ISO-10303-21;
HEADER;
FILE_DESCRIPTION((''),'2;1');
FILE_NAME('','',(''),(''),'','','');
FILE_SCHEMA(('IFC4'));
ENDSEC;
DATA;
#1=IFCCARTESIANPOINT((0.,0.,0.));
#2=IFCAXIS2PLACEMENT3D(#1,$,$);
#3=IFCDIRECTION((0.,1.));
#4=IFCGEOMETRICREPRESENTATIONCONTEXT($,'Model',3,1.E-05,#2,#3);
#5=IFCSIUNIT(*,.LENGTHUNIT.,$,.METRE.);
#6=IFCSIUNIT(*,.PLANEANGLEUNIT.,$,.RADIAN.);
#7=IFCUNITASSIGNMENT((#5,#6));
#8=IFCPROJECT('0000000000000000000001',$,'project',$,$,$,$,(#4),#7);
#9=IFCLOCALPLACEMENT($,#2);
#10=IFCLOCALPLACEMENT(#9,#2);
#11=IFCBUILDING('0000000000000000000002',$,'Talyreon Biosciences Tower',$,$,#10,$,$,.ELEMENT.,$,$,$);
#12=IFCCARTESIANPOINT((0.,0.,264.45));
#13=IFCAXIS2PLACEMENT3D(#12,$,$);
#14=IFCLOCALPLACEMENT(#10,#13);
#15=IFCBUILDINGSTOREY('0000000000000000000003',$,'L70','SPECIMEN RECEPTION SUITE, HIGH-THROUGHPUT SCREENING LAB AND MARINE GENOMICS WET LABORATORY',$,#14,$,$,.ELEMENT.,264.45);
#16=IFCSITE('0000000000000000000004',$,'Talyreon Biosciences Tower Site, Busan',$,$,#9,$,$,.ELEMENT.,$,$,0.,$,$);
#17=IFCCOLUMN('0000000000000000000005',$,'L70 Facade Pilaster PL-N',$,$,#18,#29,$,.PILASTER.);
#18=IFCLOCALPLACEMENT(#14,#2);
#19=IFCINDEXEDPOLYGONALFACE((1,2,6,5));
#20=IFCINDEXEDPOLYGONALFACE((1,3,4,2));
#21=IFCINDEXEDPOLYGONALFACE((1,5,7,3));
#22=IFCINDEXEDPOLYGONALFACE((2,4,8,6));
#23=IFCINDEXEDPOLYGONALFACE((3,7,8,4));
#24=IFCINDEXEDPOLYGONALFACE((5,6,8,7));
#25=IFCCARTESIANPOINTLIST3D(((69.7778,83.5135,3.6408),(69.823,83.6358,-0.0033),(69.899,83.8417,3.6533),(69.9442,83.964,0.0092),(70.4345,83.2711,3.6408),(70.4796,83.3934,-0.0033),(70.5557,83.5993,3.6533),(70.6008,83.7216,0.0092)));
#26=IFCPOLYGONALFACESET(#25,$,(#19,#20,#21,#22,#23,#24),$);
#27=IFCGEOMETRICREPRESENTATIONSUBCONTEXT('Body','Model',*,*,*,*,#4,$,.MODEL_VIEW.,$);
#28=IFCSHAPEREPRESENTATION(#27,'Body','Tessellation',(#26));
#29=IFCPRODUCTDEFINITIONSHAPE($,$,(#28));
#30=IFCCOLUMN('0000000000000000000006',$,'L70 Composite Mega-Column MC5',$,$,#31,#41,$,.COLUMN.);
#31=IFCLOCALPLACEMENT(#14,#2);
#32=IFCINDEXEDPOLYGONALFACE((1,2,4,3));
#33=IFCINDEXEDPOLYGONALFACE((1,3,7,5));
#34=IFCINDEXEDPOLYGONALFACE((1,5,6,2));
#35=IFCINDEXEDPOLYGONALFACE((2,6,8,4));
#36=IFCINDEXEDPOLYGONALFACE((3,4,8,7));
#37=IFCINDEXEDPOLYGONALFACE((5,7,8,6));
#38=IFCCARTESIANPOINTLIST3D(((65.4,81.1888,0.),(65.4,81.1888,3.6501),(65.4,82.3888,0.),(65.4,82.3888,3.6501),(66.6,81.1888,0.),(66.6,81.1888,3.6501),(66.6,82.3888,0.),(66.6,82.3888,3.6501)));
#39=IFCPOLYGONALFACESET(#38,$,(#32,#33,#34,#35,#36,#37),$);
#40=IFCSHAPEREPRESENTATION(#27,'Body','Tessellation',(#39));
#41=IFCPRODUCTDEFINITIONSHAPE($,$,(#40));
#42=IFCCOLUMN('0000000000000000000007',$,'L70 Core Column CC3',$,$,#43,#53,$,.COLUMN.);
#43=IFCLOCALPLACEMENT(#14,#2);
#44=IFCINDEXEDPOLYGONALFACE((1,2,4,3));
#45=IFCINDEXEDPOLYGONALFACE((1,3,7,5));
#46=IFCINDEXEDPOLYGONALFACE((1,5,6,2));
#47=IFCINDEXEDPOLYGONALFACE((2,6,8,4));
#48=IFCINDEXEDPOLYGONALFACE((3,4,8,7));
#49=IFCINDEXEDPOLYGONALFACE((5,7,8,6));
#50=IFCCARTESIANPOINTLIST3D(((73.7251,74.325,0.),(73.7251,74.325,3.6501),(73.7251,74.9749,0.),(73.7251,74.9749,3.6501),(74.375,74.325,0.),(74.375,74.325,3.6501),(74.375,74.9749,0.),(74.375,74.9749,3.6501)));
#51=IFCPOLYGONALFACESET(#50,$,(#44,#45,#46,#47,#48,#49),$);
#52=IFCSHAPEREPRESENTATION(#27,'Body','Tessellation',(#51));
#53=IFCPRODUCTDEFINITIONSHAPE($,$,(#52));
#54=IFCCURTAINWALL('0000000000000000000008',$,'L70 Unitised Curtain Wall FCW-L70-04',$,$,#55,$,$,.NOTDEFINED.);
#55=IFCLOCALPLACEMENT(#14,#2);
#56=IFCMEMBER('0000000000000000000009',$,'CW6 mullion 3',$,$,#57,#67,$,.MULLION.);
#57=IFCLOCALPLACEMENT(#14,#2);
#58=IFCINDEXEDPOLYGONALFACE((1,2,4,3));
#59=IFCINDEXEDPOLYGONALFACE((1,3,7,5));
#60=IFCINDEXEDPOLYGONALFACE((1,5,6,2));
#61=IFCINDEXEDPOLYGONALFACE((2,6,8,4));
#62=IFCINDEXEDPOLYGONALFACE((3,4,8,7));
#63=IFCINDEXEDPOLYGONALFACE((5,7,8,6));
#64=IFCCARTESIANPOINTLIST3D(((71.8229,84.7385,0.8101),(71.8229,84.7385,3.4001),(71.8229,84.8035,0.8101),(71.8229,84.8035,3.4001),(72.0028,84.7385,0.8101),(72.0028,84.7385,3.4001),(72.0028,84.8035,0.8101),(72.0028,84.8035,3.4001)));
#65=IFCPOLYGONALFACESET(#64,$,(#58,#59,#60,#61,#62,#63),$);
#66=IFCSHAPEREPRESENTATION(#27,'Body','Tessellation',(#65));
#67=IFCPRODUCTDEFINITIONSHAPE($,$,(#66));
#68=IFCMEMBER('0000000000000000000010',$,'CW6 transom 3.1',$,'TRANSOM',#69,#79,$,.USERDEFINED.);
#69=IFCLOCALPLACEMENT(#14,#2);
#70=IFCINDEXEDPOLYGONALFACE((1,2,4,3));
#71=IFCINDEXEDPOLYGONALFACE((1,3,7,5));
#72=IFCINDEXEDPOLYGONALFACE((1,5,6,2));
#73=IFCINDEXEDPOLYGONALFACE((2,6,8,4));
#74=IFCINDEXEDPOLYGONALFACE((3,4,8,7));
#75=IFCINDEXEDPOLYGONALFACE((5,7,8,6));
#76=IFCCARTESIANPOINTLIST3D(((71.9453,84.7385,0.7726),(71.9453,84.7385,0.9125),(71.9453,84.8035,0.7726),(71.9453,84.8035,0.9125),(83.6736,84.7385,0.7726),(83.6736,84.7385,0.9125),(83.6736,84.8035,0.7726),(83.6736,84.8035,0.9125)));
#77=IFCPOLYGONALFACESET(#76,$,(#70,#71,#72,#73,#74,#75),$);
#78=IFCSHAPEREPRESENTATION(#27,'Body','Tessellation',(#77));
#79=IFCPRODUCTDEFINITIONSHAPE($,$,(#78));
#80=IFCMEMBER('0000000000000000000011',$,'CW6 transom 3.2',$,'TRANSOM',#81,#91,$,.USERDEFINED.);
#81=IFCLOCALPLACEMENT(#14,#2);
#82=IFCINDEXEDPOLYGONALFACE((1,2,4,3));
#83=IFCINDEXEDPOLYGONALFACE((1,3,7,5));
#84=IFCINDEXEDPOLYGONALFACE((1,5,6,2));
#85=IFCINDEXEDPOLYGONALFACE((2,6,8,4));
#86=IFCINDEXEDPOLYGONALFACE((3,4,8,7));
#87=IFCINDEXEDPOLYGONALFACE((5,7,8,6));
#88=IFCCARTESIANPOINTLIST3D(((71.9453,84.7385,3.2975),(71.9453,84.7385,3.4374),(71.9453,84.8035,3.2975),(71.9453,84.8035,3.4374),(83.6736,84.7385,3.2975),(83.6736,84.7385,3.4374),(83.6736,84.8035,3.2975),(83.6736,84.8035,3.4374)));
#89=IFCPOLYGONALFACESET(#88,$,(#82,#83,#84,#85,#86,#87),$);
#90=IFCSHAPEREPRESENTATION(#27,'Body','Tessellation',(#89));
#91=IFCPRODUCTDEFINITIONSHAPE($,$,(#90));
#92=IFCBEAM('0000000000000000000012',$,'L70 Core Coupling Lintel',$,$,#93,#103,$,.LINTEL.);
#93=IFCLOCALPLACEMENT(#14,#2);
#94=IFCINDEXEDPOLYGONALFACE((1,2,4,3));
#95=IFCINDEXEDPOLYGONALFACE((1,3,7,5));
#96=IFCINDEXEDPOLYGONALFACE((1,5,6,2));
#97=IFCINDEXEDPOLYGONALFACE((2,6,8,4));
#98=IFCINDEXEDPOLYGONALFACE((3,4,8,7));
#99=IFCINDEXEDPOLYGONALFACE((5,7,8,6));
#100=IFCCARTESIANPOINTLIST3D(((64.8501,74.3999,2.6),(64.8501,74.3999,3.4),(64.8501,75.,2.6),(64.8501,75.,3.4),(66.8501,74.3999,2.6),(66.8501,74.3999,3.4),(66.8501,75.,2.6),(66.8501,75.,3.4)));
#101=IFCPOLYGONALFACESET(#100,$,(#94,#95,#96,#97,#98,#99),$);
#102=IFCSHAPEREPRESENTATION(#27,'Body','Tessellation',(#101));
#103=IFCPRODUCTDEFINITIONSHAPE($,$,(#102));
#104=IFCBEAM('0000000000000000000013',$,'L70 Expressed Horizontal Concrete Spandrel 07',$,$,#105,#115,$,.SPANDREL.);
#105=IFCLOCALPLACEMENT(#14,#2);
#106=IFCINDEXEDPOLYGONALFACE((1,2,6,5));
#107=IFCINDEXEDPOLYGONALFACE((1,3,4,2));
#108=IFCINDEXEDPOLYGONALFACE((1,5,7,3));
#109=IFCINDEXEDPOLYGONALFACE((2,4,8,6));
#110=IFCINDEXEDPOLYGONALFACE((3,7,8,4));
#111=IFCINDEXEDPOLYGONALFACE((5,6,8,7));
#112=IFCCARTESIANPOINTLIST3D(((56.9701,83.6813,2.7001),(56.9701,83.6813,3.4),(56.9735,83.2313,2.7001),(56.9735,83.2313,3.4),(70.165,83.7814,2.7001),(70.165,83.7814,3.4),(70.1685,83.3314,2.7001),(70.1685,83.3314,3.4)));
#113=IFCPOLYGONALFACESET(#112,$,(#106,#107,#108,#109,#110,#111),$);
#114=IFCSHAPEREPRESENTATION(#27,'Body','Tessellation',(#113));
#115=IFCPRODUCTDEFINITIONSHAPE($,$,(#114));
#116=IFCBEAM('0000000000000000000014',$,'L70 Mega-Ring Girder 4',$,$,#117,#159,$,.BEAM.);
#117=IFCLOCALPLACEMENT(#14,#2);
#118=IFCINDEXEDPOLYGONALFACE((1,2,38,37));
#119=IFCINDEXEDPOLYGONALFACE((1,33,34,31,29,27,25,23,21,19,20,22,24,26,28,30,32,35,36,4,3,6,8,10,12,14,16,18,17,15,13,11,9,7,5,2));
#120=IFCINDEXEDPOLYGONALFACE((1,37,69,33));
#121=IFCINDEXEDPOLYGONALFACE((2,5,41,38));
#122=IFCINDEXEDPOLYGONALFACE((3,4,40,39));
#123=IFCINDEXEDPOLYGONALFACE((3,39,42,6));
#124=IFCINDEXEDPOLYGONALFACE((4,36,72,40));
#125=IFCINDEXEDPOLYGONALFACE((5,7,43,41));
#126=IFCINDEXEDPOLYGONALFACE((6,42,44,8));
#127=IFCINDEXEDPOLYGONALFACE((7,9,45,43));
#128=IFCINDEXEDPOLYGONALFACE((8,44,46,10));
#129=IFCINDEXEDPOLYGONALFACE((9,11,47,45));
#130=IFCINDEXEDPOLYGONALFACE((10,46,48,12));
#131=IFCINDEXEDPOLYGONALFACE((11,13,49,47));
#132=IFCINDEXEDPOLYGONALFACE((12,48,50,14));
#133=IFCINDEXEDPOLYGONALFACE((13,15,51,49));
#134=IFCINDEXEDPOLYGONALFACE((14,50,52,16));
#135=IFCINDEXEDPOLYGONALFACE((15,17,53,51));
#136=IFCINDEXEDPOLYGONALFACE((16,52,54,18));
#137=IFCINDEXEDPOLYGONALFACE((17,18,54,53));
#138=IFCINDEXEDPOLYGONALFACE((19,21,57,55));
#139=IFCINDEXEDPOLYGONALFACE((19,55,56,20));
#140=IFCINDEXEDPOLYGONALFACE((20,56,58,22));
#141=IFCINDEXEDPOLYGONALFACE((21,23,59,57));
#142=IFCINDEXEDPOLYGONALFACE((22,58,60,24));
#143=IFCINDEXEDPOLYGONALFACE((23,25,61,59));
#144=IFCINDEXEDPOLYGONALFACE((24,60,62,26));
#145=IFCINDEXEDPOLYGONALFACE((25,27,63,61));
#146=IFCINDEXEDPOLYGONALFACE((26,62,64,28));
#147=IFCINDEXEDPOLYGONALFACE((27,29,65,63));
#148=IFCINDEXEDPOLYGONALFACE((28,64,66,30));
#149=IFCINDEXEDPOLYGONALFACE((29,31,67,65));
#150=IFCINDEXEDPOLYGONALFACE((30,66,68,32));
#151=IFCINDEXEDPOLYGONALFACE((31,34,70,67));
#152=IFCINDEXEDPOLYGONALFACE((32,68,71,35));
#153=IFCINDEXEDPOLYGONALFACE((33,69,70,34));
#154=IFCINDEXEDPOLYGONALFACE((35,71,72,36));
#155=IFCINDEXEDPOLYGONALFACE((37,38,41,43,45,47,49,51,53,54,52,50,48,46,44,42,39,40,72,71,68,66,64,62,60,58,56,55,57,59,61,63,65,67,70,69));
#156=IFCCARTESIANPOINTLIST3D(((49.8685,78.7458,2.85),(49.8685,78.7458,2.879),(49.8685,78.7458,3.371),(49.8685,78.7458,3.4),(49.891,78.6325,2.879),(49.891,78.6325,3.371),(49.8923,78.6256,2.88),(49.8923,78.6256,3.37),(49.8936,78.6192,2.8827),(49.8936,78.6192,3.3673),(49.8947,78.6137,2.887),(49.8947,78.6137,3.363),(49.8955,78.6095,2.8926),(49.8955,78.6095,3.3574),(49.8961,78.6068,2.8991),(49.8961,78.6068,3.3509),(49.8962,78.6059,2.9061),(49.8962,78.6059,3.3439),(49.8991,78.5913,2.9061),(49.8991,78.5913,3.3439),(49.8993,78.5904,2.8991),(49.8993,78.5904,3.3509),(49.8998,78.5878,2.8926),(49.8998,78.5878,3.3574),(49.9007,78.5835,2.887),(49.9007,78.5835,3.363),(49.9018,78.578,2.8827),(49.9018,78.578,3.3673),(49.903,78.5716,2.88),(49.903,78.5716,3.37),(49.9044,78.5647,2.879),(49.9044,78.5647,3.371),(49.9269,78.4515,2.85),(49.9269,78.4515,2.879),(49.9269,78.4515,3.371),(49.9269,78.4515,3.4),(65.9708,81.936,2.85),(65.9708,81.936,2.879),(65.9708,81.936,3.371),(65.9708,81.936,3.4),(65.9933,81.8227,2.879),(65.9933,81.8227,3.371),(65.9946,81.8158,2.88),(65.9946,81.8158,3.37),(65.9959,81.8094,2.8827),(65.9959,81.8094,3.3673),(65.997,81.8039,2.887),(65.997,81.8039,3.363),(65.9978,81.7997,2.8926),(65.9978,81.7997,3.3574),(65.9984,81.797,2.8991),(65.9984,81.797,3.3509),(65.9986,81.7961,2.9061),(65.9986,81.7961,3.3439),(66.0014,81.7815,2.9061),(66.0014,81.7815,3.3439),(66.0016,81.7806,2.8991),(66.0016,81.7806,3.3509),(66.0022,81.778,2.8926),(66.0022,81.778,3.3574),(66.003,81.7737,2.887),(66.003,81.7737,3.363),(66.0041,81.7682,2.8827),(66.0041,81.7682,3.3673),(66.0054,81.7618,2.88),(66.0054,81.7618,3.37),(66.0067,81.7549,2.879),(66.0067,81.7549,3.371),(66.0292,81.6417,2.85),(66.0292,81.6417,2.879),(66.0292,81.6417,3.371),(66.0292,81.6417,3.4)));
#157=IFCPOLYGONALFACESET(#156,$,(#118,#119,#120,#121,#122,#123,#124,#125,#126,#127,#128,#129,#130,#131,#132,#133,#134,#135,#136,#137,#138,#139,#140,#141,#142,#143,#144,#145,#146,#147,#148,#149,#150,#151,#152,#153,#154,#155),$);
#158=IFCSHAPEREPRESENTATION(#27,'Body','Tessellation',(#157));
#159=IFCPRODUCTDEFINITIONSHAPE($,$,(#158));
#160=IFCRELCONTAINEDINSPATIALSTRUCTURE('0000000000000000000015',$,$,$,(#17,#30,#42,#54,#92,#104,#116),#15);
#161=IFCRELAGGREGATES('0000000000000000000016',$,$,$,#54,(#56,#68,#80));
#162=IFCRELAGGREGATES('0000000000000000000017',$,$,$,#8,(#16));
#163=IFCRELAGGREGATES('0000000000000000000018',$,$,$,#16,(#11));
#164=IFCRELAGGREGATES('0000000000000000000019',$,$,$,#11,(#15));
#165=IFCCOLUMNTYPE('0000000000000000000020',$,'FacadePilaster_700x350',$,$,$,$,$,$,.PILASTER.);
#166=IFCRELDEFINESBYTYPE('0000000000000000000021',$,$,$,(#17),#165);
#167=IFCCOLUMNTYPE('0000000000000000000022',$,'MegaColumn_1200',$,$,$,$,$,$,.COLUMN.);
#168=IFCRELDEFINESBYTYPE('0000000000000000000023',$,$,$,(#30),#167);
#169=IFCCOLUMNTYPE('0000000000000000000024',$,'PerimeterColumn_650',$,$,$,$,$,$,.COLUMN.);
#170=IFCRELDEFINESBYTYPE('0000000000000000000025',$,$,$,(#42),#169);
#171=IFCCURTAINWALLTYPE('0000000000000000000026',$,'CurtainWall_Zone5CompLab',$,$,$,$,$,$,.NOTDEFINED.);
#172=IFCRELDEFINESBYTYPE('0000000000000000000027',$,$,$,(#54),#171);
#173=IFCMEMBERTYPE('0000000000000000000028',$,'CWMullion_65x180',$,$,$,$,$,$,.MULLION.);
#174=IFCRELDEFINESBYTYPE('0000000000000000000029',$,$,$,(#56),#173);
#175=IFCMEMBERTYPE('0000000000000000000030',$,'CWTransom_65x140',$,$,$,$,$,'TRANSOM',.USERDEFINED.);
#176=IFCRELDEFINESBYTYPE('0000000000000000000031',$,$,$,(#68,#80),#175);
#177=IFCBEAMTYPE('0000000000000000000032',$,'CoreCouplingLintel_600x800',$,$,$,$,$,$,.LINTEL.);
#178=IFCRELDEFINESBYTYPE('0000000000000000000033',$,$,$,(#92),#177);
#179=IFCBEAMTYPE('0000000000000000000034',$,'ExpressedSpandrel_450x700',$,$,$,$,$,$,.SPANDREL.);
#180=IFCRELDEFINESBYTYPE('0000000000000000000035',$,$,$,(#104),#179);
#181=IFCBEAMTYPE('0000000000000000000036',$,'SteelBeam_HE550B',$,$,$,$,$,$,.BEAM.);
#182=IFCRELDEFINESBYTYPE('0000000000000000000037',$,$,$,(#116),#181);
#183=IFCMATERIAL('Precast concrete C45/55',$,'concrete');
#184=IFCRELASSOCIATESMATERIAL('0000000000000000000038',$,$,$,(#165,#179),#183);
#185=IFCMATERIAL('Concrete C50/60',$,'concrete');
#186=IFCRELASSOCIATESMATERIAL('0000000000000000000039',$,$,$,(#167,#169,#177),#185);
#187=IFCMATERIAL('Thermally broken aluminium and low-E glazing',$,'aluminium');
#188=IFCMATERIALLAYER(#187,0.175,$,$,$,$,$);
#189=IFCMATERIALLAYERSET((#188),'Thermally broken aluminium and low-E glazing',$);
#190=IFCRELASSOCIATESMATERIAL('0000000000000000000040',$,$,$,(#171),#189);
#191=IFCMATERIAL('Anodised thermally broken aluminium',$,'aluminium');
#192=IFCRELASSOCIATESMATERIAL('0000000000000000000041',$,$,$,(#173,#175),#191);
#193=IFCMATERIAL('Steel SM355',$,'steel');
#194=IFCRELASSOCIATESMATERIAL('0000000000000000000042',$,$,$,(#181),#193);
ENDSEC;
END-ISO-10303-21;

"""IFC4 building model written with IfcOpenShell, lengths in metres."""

from ifc_helpers import new_model, si_unit, direction, frame, origin, origin_2d, place, context, subcontext, project, spatial, rectangle, i_section, extrude, material, layer, layer_set, material_profile, profile_set, type_object, element, aggregate, save


model = new_model("IFC4")

# Units and contexts
model_context = context("Model", 3, precision=1e-05, world=origin(), true_north=direction((0.0, 1.0)))
body_context = subcontext(model_context, "Body", "Model", "MODEL_VIEW")
ifc_project = project(units=[si_unit("LENGTHUNIT", "METRE"), si_unit("PLANEANGLEUNIT", "RADIAN")], contexts=[model_context])

# Site, building, storey
site_placement = place(None, origin())
site = spatial("IfcSite", under=ifc_project, at=site_placement, Name="Talyreon Biosciences Tower Site, Busan", CompositionType="ELEMENT", RefElevation=0.0)
building_placement = place(site_placement, origin())
building = spatial("IfcBuilding", under=site, at=building_placement, Name="Talyreon Biosciences Tower", CompositionType="ELEMENT")
storey_placement = place(building_placement, frame((0.0, 0.0, 264.45)))
storey = spatial("IfcBuildingStorey", under=building, at=storey_placement, Name="L70", Description="SPECIMEN RECEPTION SUITE, HIGH-THROUGHPUT SCREENING LAB AND MARINE GENOMICS WET LABORATORY", CompositionType="ELEMENT", Elevation=264.45)

# Columns
ifc_material_1 = material(Name="Precast concrete C45/55", Category="concrete")
ifc_material_profile_1 = material_profile(ifc_material_1, rectangle(XDim=0.7, YDim=0.3501, at=origin_2d()), Name="RC 700x350")
ifc_profile_set_1 = profile_set([ifc_material_profile_1], Name="Precast concrete C45/55")
column_type_1 = type_object("IfcColumnType", Name="FacadePilaster_700x350", PredefinedType="PILASTER", material=ifc_profile_set_1)
column_1_placement = place(storey_placement, frame((70.2119, 83.6787, 0.0029), z_axis=(-0.012387, -0.033544, 0.99936), x_axis=(-0.938087, 0.346399, 0.0)))
element("IfcColumn", 1, at=column_1_placement, inside=storey, type_object=column_type_1, Name="L70 Facade Pilaster PL-N", PredefinedType="PILASTER", context=body_context, shape_type="SweptSolid", body=[
    extrude(rectangle(XDim=0.7, YDim=0.3501, at=origin_2d()), origin(), (0.0, 0.0, 1.0), 3.6465),
])
ifc_material_2 = material(Name="Concrete C50/60", Category="concrete")
ifc_material_profile_2 = material_profile(ifc_material_2, rectangle(XDim=1.2, YDim=1.2, at=origin_2d()), Name="RC 1200x1200")
ifc_profile_set_2 = profile_set([ifc_material_profile_2], Name="Concrete C50/60")
column_type_2 = type_object("IfcColumnType", Name="MegaColumn_1200", PredefinedType="COLUMN", material=ifc_profile_set_2)
column_2_placement = place(storey_placement, frame((66.0, 81.7888, 0.0), z_axis=(0.0, 0.0, 1.0), x_axis=(1.0, 0.0, 0.0)))
element("IfcColumn", 2, at=column_2_placement, inside=storey, type_object=column_type_2, Name="L70 Composite Mega-Column MC5", PredefinedType="COLUMN", context=body_context, shape_type="SweptSolid", body=[
    extrude(rectangle(XDim=1.2, YDim=1.2, at=origin_2d()), origin(), (0.0, 0.0, 1.0), 3.6501),
])
ifc_material_profile_3 = material_profile(ifc_material_2, rectangle(XDim=0.6499, YDim=0.6499, at=origin_2d()), Name="RC 650x650")
ifc_profile_set_3 = profile_set([ifc_material_profile_3], Name="Concrete C50/60")
column_type_3 = type_object("IfcColumnType", Name="PerimeterColumn_650", PredefinedType="COLUMN", material=ifc_profile_set_3)
column_3_placement = place(storey_placement, frame((74.05, 74.6499, 0.0), z_axis=(0.0, 0.0, 1.0), x_axis=(1.0, 0.0, 0.0)))
element("IfcColumn", 3, at=column_3_placement, inside=storey, type_object=column_type_3, Name="L70 Core Column CC3", PredefinedType="COLUMN", context=body_context, shape_type="SweptSolid", body=[
    extrude(rectangle(XDim=0.6499, YDim=0.6499, at=origin_2d()), origin(), (0.0, 0.0, 1.0), 3.6501),
])

# Curtain wall, members
ifc_material_3 = material(Name="Thermally broken aluminium and low-E glazing", Category="aluminium")
ifc_layer_1 = layer(ifc_material_3, 0.175)
ifc_layer_set_1 = layer_set([ifc_layer_1], Name="Thermally broken aluminium and low-E glazing")
curtain_wall_type = type_object("IfcCurtainWallType", Name="CurtainWall_Zone5CompLab", PredefinedType="NOTDEFINED", material=ifc_layer_set_1)
curtain_wall_placement = place(storey_placement, origin())
curtain_wall = element("IfcCurtainWall", 4, at=curtain_wall_placement, inside=storey, type_object=curtain_wall_type, Name="L70 Unitised Curtain Wall FCW-L70-04", PredefinedType="NOTDEFINED")
ifc_material_4 = material(Name="Anodised thermally broken aluminium", Category="aluminium")
ifc_material_profile_4 = material_profile(ifc_material_4, rectangle(XDim=0.0649, YDim=0.1799, at=origin_2d()), Name="ALUM MULLION 65x180")
ifc_profile_set_4 = profile_set([ifc_material_profile_4], Name="Anodised thermally broken aluminium")
member_type_1 = type_object("IfcMemberType", Name="CWMullion_65x180", PredefinedType="MULLION", material=ifc_profile_set_4)
member_1_placement = place(storey_placement, frame((71.9128, 84.771, 0.8101), z_axis=(0.0, 0.0, 1.0), x_axis=(0.0, 1.0, 0.0)))
member_1 = element("IfcMember", 5, at=member_1_placement, type_object=member_type_1, Name="CW6 mullion 3", PredefinedType="MULLION", context=body_context, shape_type="SweptSolid", body=[
    extrude(rectangle(XDim=0.0649, YDim=0.1799, at=origin_2d()), origin(), (0.0, 0.0, 1.0), 2.5901),
])
ifc_material_profile_5 = material_profile(ifc_material_4, rectangle(XDim=0.0649, YDim=0.1399, at=origin_2d()), Name="ALUM TRANSOM 65x140")
ifc_profile_set_5 = profile_set([ifc_material_profile_5], Name="Anodised thermally broken aluminium")
member_type_2 = type_object("IfcMemberType", Name="CWTransom_65x140", ElementType="TRANSOM", PredefinedType="USERDEFINED", material=ifc_profile_set_5)
member_2_placement = place(storey_placement, frame((71.9453, 84.771, 0.8425), z_axis=(1.0, 0.0, 0.0), x_axis=(0.0, 1.0, 0.0)))
member_2 = element("IfcMember", 6, at=member_2_placement, type_object=member_type_2, Name="CW6 transom 3.1", ObjectType="TRANSOM", PredefinedType="USERDEFINED", context=body_context, shape_type="SweptSolid", body=[
    extrude(rectangle(XDim=0.0649, YDim=0.1399, at=origin_2d()), origin(), (0.0, 0.0, 1.0), 11.7283),
])
member_3_placement = place(storey_placement, frame((71.9453, 84.771, 3.3674), z_axis=(1.0, 0.0, 0.0), x_axis=(0.0, 1.0, 0.0)))
member_3 = element("IfcMember", 7, at=member_3_placement, type_object=member_type_2, Name="CW6 transom 3.2", ObjectType="TRANSOM", PredefinedType="USERDEFINED", context=body_context, shape_type="SweptSolid", body=[
    extrude(rectangle(XDim=0.0649, YDim=0.1399, at=origin_2d()), origin(), (0.0, 0.0, 1.0), 11.7283),
])

# Beams
ifc_material_profile_6 = material_profile(ifc_material_2, rectangle(XDim=0.6001, YDim=0.8, at=origin_2d()), Name="RCB 600x800")
ifc_profile_set_6 = profile_set([ifc_material_profile_6], Name="Concrete C50/60")
beam_type_1 = type_object("IfcBeamType", Name="CoreCouplingLintel_600x800", PredefinedType="LINTEL", material=ifc_profile_set_6)
beam_1_placement = place(storey_placement, frame((64.8501, 74.7, 3.0), z_axis=(1.0, 0.0, 0.0), x_axis=(0.0, 1.0, 0.0)))
element("IfcBeam", 8, at=beam_1_placement, inside=storey, type_object=beam_type_1, Name="L70 Core Coupling Lintel", PredefinedType="LINTEL", context=body_context, shape_type="SweptSolid", body=[
    extrude(rectangle(XDim=0.6001, YDim=0.8, at=origin_2d()), origin(), (0.0, 0.0, 1.0), 2.0),
])
ifc_material_profile_7 = material_profile(ifc_material_1, rectangle(XDim=0.45, YDim=0.7, at=origin_2d()), Name="RCB 450x700")
ifc_profile_set_7 = profile_set([ifc_material_profile_7], Name="Precast concrete C45/55")
beam_type_2 = type_object("IfcBeamType", Name="ExpressedSpandrel_450x700", PredefinedType="SPANDREL", material=ifc_profile_set_7)
beam_2_placement = place(storey_placement, frame((70.1667, 83.5564, 3.05), z_axis=(-0.999971, -0.007586, 0.0), x_axis=(0.007586, -0.999971, 0.0)))
element("IfcBeam", 9, at=beam_2_placement, inside=storey, type_object=beam_type_2, Name="L70 Expressed Horizontal Concrete Spandrel 07", PredefinedType="SPANDREL", context=body_context, shape_type="SweptSolid", body=[
    extrude(rectangle(XDim=0.45, YDim=0.7, at=origin_2d()), origin(), (0.0, 0.0, 1.0), 13.1953),
])
ifc_material_5 = material(Name="Steel SM355", Category="steel")
ifc_material_profile_8 = material_profile(ifc_material_5, i_section(OverallWidth=0.3, OverallDepth=0.55, WebThickness=0.0149, FlangeThickness=0.0291, FilletRadius=0.0271, at=origin_2d()), Name="HE550B")
ifc_profile_set_8 = profile_set([ifc_material_profile_8], Name="Steel SM355")
beam_type_3 = type_object("IfcBeamType", Name="SteelBeam_HE550B", PredefinedType="BEAM", material=ifc_profile_set_8)
beam_3_placement = place(storey_placement, frame((66.0, 81.7888, 3.125), z_axis=(-0.980934, -0.194343, 0.0), x_axis=(0.194343, -0.980934, 0.0)))
element("IfcBeam", 10, at=beam_3_placement, inside=storey, type_object=beam_type_3, Name="L70 Mega-Ring Girder 4", PredefinedType="BEAM", context=body_context, shape_type="SweptSolid", body=[
    extrude(i_section(OverallWidth=0.3, OverallDepth=0.55, WebThickness=0.0149, FlangeThickness=0.0291, FilletRadius=0.0271, at=origin_2d()), origin(), (0.0, 0.0, 1.0), 16.4153),
])

aggregate(curtain_wall, [member_1, member_2, member_3])

save(model, "model.ifc")
